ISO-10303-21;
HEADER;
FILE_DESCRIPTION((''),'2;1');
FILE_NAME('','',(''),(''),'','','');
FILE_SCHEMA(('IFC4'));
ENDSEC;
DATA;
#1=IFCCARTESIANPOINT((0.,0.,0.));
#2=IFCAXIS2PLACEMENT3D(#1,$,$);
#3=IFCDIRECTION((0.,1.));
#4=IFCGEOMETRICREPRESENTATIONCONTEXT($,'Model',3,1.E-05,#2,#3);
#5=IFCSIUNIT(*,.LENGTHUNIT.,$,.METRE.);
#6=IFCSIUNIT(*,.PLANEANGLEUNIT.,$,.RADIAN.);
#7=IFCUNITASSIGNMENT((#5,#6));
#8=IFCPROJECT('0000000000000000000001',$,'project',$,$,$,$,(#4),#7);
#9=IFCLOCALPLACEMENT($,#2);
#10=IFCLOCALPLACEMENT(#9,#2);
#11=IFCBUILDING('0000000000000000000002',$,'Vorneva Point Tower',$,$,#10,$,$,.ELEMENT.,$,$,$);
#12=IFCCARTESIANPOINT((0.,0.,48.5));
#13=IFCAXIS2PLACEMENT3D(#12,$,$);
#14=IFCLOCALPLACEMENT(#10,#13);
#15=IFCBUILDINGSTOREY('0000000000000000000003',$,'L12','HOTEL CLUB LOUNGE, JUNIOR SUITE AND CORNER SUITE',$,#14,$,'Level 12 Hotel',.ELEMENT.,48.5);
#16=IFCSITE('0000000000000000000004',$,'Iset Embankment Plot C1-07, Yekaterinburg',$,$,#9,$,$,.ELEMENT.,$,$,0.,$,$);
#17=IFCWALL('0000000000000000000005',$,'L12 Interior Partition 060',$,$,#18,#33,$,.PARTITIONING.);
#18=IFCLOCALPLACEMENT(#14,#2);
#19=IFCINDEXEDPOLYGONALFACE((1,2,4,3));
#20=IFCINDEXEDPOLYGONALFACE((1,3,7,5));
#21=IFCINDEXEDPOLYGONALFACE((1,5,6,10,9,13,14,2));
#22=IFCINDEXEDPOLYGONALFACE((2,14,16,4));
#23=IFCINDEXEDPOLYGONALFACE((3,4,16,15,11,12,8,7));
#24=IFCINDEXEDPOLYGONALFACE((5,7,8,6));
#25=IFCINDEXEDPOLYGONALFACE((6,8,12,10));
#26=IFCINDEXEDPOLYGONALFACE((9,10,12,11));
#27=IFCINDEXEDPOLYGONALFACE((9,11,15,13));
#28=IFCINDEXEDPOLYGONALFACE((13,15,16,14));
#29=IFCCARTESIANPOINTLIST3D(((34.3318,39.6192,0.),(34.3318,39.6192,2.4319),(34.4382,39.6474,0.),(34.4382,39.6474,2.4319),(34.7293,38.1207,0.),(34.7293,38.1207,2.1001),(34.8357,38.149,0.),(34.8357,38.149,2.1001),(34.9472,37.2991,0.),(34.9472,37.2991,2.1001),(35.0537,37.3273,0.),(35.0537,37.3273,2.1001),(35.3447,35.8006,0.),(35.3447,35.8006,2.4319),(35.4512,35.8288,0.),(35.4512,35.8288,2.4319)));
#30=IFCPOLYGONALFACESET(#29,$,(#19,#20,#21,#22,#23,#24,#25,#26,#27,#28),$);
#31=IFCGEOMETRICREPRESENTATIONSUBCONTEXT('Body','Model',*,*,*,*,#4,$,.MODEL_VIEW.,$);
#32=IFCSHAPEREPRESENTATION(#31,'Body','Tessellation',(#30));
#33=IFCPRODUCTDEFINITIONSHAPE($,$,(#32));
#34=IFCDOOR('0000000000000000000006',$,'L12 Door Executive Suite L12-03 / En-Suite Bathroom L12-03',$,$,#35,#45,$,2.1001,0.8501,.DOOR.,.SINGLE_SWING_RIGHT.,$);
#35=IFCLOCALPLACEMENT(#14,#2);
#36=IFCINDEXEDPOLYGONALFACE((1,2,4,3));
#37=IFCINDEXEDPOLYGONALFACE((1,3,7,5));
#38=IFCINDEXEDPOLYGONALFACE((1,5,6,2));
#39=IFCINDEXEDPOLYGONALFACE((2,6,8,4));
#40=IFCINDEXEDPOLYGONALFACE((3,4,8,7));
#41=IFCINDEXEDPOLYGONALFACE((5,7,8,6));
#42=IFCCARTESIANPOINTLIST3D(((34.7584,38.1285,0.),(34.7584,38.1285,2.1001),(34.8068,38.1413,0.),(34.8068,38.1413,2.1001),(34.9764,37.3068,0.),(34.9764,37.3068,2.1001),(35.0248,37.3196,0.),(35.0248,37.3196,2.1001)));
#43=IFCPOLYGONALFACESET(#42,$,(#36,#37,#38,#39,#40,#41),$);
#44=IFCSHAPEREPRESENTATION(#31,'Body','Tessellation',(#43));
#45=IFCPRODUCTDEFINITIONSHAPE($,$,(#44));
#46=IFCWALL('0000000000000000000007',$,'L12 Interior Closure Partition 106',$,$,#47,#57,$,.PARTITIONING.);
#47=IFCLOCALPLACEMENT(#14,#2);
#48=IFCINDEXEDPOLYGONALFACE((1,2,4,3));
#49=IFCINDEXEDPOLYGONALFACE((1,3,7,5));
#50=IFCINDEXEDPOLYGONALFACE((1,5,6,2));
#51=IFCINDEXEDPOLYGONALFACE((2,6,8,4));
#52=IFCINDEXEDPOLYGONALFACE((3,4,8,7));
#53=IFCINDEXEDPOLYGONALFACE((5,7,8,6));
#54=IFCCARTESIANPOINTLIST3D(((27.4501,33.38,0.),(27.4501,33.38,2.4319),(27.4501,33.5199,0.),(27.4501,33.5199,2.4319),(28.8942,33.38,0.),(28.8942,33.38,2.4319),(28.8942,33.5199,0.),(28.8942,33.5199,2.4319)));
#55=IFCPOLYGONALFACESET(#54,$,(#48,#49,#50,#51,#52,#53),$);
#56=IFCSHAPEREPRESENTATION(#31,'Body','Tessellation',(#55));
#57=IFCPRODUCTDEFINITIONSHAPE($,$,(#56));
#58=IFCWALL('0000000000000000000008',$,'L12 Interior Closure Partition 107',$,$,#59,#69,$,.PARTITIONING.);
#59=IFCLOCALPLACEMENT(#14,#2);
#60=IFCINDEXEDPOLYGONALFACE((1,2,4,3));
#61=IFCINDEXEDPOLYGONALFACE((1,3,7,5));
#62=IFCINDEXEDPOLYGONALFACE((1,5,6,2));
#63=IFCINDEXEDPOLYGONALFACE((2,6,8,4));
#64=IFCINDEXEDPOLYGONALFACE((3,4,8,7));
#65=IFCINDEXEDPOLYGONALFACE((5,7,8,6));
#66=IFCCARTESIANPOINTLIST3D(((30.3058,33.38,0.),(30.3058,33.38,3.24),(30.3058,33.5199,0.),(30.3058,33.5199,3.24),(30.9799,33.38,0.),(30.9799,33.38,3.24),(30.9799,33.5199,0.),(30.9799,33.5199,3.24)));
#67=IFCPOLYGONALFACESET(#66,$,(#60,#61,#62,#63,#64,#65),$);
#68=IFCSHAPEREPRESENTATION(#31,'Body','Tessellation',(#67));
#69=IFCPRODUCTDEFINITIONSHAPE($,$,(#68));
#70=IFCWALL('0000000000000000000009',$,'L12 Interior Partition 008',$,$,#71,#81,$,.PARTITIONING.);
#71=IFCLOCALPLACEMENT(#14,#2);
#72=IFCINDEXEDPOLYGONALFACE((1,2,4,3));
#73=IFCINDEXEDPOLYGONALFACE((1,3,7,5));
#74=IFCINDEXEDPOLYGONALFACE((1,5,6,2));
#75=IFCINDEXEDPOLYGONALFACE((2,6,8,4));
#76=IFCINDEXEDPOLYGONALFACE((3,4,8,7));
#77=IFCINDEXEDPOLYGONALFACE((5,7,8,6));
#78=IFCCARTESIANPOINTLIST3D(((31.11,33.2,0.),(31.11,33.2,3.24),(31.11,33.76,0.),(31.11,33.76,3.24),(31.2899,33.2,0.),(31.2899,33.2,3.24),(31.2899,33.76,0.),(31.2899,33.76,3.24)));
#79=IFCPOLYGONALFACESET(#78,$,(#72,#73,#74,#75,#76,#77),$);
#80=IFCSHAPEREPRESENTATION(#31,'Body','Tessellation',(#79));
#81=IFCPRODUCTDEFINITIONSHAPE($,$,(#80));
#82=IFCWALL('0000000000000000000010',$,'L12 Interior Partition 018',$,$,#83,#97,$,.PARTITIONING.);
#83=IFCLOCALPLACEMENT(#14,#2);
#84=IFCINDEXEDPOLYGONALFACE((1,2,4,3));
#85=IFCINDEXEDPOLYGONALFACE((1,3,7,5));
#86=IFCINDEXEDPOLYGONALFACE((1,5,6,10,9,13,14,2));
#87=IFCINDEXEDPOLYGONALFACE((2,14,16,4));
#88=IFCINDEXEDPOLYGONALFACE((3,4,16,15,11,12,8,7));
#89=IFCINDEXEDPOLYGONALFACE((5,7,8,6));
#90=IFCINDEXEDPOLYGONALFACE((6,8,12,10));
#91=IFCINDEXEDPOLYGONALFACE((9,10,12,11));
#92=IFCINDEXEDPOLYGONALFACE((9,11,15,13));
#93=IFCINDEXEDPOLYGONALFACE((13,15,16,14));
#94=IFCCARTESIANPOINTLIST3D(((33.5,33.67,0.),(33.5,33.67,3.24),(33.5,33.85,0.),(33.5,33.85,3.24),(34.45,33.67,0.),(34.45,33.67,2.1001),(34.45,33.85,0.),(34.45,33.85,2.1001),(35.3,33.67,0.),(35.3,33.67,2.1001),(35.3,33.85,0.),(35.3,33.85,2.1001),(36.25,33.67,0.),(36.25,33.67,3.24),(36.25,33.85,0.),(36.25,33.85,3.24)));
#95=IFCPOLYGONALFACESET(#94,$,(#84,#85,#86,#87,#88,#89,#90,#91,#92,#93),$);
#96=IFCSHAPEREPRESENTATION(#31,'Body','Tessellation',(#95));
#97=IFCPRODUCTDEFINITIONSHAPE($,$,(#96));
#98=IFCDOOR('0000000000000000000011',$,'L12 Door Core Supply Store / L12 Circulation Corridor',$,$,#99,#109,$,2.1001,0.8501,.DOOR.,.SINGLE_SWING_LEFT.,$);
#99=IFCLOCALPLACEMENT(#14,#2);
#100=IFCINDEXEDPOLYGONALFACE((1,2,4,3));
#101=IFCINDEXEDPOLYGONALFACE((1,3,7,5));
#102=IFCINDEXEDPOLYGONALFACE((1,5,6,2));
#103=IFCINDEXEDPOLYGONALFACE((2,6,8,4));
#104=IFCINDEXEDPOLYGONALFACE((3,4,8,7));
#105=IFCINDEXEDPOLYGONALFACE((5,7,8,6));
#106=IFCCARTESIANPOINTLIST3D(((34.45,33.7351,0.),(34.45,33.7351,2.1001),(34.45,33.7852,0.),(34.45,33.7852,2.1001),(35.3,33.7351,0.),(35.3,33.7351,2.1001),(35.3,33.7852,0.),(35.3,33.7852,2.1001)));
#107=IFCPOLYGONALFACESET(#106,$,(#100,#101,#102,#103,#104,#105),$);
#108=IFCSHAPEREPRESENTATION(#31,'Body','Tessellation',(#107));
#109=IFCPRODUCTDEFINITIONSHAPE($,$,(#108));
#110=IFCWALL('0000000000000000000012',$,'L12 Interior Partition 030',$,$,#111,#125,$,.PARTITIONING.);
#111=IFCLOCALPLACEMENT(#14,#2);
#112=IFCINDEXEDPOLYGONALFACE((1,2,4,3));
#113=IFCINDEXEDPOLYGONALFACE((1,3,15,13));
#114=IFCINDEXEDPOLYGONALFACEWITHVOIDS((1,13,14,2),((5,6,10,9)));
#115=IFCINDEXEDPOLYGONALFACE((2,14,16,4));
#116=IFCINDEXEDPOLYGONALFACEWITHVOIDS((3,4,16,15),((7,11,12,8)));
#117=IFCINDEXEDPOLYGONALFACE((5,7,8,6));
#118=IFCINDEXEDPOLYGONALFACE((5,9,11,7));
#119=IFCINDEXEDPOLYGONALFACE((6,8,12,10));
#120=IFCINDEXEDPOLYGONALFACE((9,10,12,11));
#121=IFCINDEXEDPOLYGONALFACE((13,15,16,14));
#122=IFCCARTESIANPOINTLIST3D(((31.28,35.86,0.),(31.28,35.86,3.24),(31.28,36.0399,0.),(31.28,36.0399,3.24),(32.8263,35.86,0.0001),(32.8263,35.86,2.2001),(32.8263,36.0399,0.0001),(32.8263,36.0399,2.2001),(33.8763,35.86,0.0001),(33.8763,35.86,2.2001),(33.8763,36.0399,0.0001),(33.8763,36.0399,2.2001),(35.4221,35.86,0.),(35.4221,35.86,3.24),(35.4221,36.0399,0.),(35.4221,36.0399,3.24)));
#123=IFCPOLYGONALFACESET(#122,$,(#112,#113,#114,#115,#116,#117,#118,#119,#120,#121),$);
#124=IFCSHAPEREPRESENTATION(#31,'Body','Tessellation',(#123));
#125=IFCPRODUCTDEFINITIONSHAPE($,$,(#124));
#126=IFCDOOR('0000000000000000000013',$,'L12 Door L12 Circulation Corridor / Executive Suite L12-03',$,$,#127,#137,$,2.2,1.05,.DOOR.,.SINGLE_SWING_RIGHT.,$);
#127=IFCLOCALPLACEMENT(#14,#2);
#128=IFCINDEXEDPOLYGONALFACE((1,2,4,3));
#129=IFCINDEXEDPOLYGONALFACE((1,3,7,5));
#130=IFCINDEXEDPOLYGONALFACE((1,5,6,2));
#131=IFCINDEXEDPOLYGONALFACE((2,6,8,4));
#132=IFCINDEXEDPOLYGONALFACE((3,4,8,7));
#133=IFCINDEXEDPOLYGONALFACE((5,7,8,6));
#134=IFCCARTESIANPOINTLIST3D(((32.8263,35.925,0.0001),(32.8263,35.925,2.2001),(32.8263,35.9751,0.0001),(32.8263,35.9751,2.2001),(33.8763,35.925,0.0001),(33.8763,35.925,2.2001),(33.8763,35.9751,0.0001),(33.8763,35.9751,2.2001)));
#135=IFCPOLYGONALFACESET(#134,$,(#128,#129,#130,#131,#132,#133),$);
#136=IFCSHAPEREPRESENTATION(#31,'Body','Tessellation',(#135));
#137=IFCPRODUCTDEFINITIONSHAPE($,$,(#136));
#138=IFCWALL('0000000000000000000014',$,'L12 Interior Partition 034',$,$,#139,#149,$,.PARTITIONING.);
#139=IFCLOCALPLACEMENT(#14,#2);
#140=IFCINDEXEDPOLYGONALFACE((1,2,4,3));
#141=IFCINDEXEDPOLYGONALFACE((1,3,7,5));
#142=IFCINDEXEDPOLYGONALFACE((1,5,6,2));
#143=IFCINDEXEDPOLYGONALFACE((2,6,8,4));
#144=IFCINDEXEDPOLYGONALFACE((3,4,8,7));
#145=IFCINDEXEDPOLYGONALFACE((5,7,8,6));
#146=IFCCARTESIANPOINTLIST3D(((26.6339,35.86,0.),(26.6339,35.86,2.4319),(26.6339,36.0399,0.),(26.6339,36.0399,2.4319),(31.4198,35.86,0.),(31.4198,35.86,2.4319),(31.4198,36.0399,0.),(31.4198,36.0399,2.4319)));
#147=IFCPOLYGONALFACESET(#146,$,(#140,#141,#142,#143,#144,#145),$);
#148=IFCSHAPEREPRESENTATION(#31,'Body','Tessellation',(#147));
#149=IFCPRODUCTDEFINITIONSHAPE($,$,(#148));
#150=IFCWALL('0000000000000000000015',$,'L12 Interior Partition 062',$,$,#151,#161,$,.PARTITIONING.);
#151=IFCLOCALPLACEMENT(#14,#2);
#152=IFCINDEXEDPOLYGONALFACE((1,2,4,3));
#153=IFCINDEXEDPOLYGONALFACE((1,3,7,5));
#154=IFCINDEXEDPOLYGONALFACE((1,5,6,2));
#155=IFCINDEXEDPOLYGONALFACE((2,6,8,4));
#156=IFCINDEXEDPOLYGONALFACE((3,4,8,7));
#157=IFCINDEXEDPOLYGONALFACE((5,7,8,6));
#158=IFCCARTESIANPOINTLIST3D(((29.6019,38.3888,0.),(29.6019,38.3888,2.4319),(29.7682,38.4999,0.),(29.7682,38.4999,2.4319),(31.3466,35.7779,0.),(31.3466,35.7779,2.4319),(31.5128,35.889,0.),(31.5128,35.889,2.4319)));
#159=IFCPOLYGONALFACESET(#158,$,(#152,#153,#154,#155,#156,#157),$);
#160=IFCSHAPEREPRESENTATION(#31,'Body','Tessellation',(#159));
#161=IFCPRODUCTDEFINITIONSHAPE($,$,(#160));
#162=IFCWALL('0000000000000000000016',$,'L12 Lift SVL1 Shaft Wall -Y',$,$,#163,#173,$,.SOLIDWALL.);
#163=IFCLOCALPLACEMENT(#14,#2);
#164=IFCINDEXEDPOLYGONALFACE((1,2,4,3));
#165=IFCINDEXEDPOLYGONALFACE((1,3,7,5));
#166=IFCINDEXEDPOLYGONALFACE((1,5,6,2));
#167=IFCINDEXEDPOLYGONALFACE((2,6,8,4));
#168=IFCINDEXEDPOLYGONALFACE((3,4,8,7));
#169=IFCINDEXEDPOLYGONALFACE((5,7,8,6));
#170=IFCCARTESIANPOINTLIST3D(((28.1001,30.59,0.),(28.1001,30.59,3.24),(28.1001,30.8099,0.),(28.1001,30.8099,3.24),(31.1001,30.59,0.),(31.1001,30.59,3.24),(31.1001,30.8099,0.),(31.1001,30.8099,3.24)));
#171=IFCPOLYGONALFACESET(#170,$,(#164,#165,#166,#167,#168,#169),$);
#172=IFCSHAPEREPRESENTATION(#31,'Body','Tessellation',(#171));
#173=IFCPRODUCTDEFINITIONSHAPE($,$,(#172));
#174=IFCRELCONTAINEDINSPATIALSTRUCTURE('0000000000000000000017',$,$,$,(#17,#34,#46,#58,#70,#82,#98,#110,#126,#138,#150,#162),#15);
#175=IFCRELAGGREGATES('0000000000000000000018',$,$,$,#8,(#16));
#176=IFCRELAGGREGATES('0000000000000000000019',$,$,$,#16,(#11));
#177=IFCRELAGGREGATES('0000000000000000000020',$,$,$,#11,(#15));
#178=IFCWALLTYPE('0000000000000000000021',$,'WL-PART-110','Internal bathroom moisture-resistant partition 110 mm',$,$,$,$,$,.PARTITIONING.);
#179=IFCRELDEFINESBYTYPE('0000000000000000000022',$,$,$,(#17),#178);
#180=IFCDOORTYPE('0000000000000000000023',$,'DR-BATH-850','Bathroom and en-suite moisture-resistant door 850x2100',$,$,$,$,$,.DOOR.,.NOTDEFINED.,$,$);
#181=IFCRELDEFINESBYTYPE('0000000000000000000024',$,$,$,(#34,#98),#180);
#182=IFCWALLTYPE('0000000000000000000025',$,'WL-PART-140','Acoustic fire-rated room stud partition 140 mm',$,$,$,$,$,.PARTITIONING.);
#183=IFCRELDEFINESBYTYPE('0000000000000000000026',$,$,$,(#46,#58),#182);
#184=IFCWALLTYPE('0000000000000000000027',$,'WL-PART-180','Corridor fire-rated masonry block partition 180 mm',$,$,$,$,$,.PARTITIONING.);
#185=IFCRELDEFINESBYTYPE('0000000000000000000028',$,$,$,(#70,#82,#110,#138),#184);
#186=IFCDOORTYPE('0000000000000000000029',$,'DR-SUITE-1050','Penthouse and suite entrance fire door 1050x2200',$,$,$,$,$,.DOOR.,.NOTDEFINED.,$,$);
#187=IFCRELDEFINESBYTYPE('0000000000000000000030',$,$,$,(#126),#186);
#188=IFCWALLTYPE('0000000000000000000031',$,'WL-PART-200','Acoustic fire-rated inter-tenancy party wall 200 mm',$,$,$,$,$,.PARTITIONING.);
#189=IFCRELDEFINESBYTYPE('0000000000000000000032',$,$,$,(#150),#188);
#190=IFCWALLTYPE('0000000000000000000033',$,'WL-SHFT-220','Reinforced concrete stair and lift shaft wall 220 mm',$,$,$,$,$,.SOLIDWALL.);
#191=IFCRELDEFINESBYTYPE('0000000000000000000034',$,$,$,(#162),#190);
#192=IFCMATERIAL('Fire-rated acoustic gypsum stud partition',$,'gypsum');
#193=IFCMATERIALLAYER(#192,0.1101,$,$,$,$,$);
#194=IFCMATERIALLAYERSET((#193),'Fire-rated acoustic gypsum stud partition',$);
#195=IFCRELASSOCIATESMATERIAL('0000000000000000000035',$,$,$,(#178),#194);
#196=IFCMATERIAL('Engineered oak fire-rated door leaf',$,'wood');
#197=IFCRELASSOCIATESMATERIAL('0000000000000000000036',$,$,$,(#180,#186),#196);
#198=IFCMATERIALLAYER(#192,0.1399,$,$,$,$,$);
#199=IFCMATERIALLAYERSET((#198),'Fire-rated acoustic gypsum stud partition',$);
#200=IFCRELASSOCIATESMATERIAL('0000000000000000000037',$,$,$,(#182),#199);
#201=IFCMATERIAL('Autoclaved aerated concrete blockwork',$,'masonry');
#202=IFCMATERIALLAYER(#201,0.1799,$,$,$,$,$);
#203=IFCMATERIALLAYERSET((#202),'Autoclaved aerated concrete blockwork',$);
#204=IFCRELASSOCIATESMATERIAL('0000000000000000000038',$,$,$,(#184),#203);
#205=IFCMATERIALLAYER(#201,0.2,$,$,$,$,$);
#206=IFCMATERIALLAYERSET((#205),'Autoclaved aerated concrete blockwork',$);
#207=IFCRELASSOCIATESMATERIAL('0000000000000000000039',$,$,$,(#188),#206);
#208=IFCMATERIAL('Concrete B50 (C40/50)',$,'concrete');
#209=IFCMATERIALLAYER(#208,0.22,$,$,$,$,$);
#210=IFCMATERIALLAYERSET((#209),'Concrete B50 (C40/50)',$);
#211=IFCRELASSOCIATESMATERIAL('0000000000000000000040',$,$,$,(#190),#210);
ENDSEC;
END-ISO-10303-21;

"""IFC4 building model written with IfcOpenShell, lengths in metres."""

from ifc_helpers import new_model, si_unit, direction, frame, frame_2d, origin, place, context, subcontext, project, spatial, rectangle, extrude, material, layer, layer_set, type_object, element, fill, save


model = new_model("IFC4")

# Units and contexts
model_context = context("Model", 3, precision=1e-05, world=origin(), true_north=direction((0.0, 1.0)))
body_context = subcontext(model_context, "Body", "Model", "MODEL_VIEW")
ifc_project = project(units=[si_unit("LENGTHUNIT", "METRE"), si_unit("PLANEANGLEUNIT", "RADIAN")], contexts=[model_context])

# Site, building, storey
site_placement = place(None, origin())
site = spatial("IfcSite", under=ifc_project, at=site_placement, Name="Iset Embankment Plot C1-07, Yekaterinburg", CompositionType="ELEMENT", RefElevation=0.0)
building_placement = place(site_placement, origin())
building = spatial("IfcBuilding", under=site, at=building_placement, Name="Vorneva Point Tower", CompositionType="ELEMENT")
storey_placement = place(building_placement, frame((0.0, 0.0, 48.5)))
storey = spatial("IfcBuildingStorey", under=building, at=storey_placement, Name="L12", Description="HOTEL CLUB LOUNGE, JUNIOR SUITE AND CORNER SUITE", LongName="Level 12 Hotel", CompositionType="ELEMENT", Elevation=48.5)

# Shared definitions
ifc_material_1 = material(Name="Fire-rated acoustic gypsum stud partition", Category="gypsum")
ifc_layer_1 = layer(ifc_material_1, 0.1101)
ifc_layer_set_1 = layer_set([ifc_layer_1], Name="Fire-rated acoustic gypsum stud partition")
wall_type_1 = type_object("IfcWallType", Name="WL-PART-110", Description="Internal bathroom moisture-resistant partition 110 mm", PredefinedType="PARTITIONING", material=ifc_layer_set_1)

# Wall, opening, door
wall_1_placement = place(storey_placement, frame((35.3979, 35.8147, 0.0), z_axis=(0.0, 0.0, 1.0), x_axis=(-0.256397, 0.966572, 0.0)))
wall_1 = element("IfcWall", 1, at=wall_1_placement, inside=storey, type_object=wall_type_1, Name="L12 Interior Partition 060", PredefinedType="PARTITIONING", context=body_context, shape_type="SweptSolid", body=[
    extrude(rectangle(XDim=3.9507, YDim=0.1101, at=frame_2d((1.9753, 0.0))), origin(), (0.0, 0.0, 1.0), 2.4319),
])
opening_1_placement = place(wall_1_placement, frame((1.5503, 0.0, 0.0)))
opening_1 = element("IfcOpeningElement", 2, at=opening_1_placement, cuts=wall_1, PredefinedType="OPENING", context=body_context, shape_type="SweptSolid", body=[
    extrude(rectangle(XDim=0.8501, YDim=2.1001, at=frame_2d((0.425, 1.05))), frame((0.0, 0.0698, 0.0), z_axis=(0.0, -1.0, 0.0), x_axis=(1.0, 0.0, 0.0)), (0.0, 0.0, 1.0), 0.1399),
])
ifc_material_2 = material(Name="Engineered oak fire-rated door leaf", Category="wood")
door_type_1 = type_object("IfcDoorType", Name="DR-BATH-850", Description="Bathroom and en-suite moisture-resistant door 850x2100", OperationType="NOTDEFINED", PredefinedType="DOOR", material=ifc_material_2)
door_1_placement = place(opening_1_placement, origin())
door_1 = element("IfcDoor", 3, at=door_1_placement, inside=storey, type_object=door_type_1, Name="L12 Door Executive Suite L12-03 / En-Suite Bathroom L12-03", OperationType="SINGLE_SWING_RIGHT", OverallHeight=2.1001, OverallWidth=0.8501, PredefinedType="DOOR", context=body_context, shape_type="SweptSolid", body=[
    extrude(rectangle(XDim=0.8501, YDim=2.1001, at=frame_2d((0.425, 1.05))), frame((0.0, 0.0249, 0.0), z_axis=(0.0, -1.0, 0.0), x_axis=(1.0, 0.0, 0.0)), (0.0, 0.0, 1.0), 0.05),
])
fill(opening_1, door_1)

# Walls
ifc_layer_2 = layer(ifc_material_1, 0.1399)
ifc_layer_set_2 = layer_set([ifc_layer_2], Name="Fire-rated acoustic gypsum stud partition")
wall_type_2 = type_object("IfcWallType", Name="WL-PART-140", Description="Acoustic fire-rated room stud partition 140 mm", PredefinedType="PARTITIONING", material=ifc_layer_set_2)
wall_2_placement = place(storey_placement, frame((27.45, 33.45, 0.0), z_axis=(0.0, 0.0, 1.0), x_axis=(1.0, 0.0, 0.0)))
element("IfcWall", 4, at=wall_2_placement, inside=storey, type_object=wall_type_2, Name="L12 Interior Closure Partition 106", PredefinedType="PARTITIONING", context=body_context, shape_type="SweptSolid", body=[
    extrude(rectangle(XDim=1.4441, YDim=0.1399, at=frame_2d((0.7222, 0.0))), origin(), (0.0, 0.0, 1.0), 2.4319),
])
wall_3_placement = place(storey_placement, frame((30.3059, 33.45, 0.0), z_axis=(0.0, 0.0, 1.0), x_axis=(1.0, 0.0, 0.0)))
element("IfcWall", 5, at=wall_3_placement, inside=storey, type_object=wall_type_2, Name="L12 Interior Closure Partition 107", PredefinedType="PARTITIONING", context=body_context, shape_type="SweptSolid", body=[
    extrude(rectangle(XDim=0.6741, YDim=0.1399, at=frame_2d((0.3369, 0.0))), origin(), (0.0, 0.0, 1.0), 3.24),
])

# Shared definitions
ifc_material_3 = material(Name="Autoclaved aerated concrete blockwork", Category="masonry")
ifc_layer_3 = layer(ifc_material_3, 0.1799)
ifc_layer_set_3 = layer_set([ifc_layer_3], Name="Autoclaved aerated concrete blockwork")
wall_type_3 = type_object("IfcWallType", Name="WL-PART-180", Description="Corridor fire-rated masonry block partition 180 mm", PredefinedType="PARTITIONING", material=ifc_layer_set_3)

# Wall
wall_4_placement = place(storey_placement, frame((31.2, 33.76, 0.0), z_axis=(0.0, 0.0, 1.0), x_axis=(0.0, -1.0, 0.0)))
element("IfcWall", 6, at=wall_4_placement, inside=storey, type_object=wall_type_3, Name="L12 Interior Partition 008", PredefinedType="PARTITIONING", context=body_context, shape_type="SweptSolid", body=[
    extrude(rectangle(XDim=0.5601, YDim=0.1799, at=frame_2d((0.28, 0.0))), origin(), (0.0, 0.0, 1.0), 3.24),
])

# Walls, openings, doors
wall_5_placement = place(storey_placement, frame((36.25, 33.76, 0.0), z_axis=(0.0, 0.0, 1.0), x_axis=(-1.0, 0.0, 0.0)))
wall_5 = element("IfcWall", 7, at=wall_5_placement, inside=storey, type_object=wall_type_3, Name="L12 Interior Partition 018", PredefinedType="PARTITIONING", context=body_context, shape_type="SweptSolid", body=[
    extrude(rectangle(XDim=2.75, YDim=0.1799, at=frame_2d((1.375, 0.0))), origin(), (0.0, 0.0, 1.0), 3.24),
])
opening_2_placement = place(wall_5_placement, frame((0.95, 0.0, 0.0)))
opening_2 = element("IfcOpeningElement", 8, at=opening_2_placement, cuts=wall_5, PredefinedType="OPENING", context=body_context, shape_type="SweptSolid", body=[
    extrude(rectangle(XDim=0.8501, YDim=2.1001, at=frame_2d((0.425, 1.05))), frame((0.0, 0.105, 0.0), z_axis=(0.0, -1.0, 0.0), x_axis=(1.0, 0.0, 0.0)), (0.0, 0.0, 1.0), 0.2097),
])
door_2_placement = place(opening_2_placement, origin())
door_2 = element("IfcDoor", 9, at=door_2_placement, inside=storey, type_object=door_type_1, Name="L12 Door Core Supply Store / L12 Circulation Corridor", OperationType="SINGLE_SWING_LEFT", OverallHeight=2.1001, OverallWidth=0.8501, PredefinedType="DOOR", context=body_context, shape_type="SweptSolid", body=[
    extrude(rectangle(XDim=0.8501, YDim=2.1001, at=frame_2d((0.425, 1.05))), frame((0.0, 0.0249, 0.0), z_axis=(0.0, -1.0, 0.0), x_axis=(1.0, 0.0, 0.0)), (0.0, 0.0, 1.0), 0.05),
])
fill(opening_2, door_2)
wall_6_placement = place(storey_placement, frame((35.4221, 35.95, 0.0), z_axis=(0.0, 0.0, 1.0), x_axis=(-1.0, 0.0, 0.0)))
wall_6 = element("IfcWall", 10, at=wall_6_placement, inside=storey, type_object=wall_type_3, Name="L12 Interior Partition 030", PredefinedType="PARTITIONING", context=body_context, shape_type="SweptSolid", body=[
    extrude(rectangle(XDim=4.1421, YDim=0.1799, at=frame_2d((2.071, 0.0))), origin(), (0.0, 0.0, 1.0), 3.24),
])
opening_3_placement = place(wall_6_placement, frame((1.5459, 0.0, 0.0)))
opening_3 = element("IfcOpeningElement", 11, at=opening_3_placement, cuts=wall_6, PredefinedType="OPENING", context=body_context, shape_type="SweptSolid", body=[
    extrude(rectangle(XDim=1.05, YDim=2.2, at=frame_2d((0.5249, 1.1001))), frame((0.0, 0.105, 0.0), z_axis=(0.0, -1.0, 0.0), x_axis=(1.0, 0.0, 0.0)), (0.0, 0.0, 1.0), 0.2097),
])
door_type_2 = type_object("IfcDoorType", Name="DR-SUITE-1050", Description="Penthouse and suite entrance fire door 1050x2200", OperationType="NOTDEFINED", PredefinedType="DOOR", material=ifc_material_2)
door_3_placement = place(opening_3_placement, origin())
door_3 = element("IfcDoor", 12, at=door_3_placement, inside=storey, type_object=door_type_2, Name="L12 Door L12 Circulation Corridor / Executive Suite L12-03", OperationType="SINGLE_SWING_RIGHT", OverallHeight=2.2, OverallWidth=1.05, PredefinedType="DOOR", context=body_context, shape_type="SweptSolid", body=[
    extrude(rectangle(XDim=1.05, YDim=2.2, at=frame_2d((0.5249, 1.1001))), frame((0.0, 0.0249, 0.0), z_axis=(0.0, -1.0, 0.0), x_axis=(1.0, 0.0, 0.0)), (0.0, 0.0, 1.0), 0.05),
])
fill(opening_3, door_3)

# Walls
wall_7_placement = place(storey_placement, frame((31.4199, 35.95, 0.0), z_axis=(0.0, 0.0, 1.0), x_axis=(-1.0, 0.0, 0.0)))
element("IfcWall", 13, at=wall_7_placement, inside=storey, type_object=wall_type_3, Name="L12 Interior Partition 034", PredefinedType="PARTITIONING", context=body_context, shape_type="SweptSolid", body=[
    extrude(rectangle(XDim=4.7859, YDim=0.1799, at=frame_2d((2.3931, 0.0))), origin(), (0.0, 0.0, 1.0), 2.4319),
])
ifc_layer_4 = layer(ifc_material_3, 0.2)
ifc_layer_set_4 = layer_set([ifc_layer_4], Name="Autoclaved aerated concrete blockwork")
wall_type_4 = type_object("IfcWallType", Name="WL-PART-200", Description="Acoustic fire-rated inter-tenancy party wall 200 mm", PredefinedType="PARTITIONING", material=ifc_layer_set_4)
wall_8_placement = place(storey_placement, frame((29.6851, 38.4443, 0.0), z_axis=(0.0, 0.0, 1.0), x_axis=(0.555597, -0.831452, 0.0)))
element("IfcWall", 14, at=wall_8_placement, inside=storey, type_object=wall_type_4, Name="L12 Interior Partition 062", PredefinedType="PARTITIONING", context=body_context, shape_type="SweptSolid", body=[
    extrude(rectangle(XDim=3.1401, YDim=0.2, at=frame_2d((1.5701, 0.0))), origin(), (0.0, 0.0, 1.0), 2.4319),
])
ifc_material_4 = material(Name="Concrete B50 (C40/50)", Category="concrete")
ifc_layer_5 = layer(ifc_material_4, 0.22)
ifc_layer_set_5 = layer_set([ifc_layer_5], Name="Concrete B50 (C40/50)")
wall_type_5 = type_object("IfcWallType", Name="WL-SHFT-220", Description="Reinforced concrete stair and lift shaft wall 220 mm", PredefinedType="SOLIDWALL", material=ifc_layer_set_5)
wall_9_placement = place(storey_placement, frame((28.1001, 30.7, 0.0), z_axis=(0.0, 0.0, 1.0), x_axis=(1.0, 0.0, 0.0)))
element("IfcWall", 15, at=wall_9_placement, inside=storey, type_object=wall_type_5, Name="L12 Lift SVL1 Shaft Wall -Y", PredefinedType="SOLIDWALL", context=body_context, shape_type="SweptSolid", body=[
    extrude(rectangle(XDim=3.0, YDim=0.22, at=frame_2d((1.5, 0.0))), origin(), (0.0, 0.0, 1.0), 3.24),
])

save(model, "model.ifc")
